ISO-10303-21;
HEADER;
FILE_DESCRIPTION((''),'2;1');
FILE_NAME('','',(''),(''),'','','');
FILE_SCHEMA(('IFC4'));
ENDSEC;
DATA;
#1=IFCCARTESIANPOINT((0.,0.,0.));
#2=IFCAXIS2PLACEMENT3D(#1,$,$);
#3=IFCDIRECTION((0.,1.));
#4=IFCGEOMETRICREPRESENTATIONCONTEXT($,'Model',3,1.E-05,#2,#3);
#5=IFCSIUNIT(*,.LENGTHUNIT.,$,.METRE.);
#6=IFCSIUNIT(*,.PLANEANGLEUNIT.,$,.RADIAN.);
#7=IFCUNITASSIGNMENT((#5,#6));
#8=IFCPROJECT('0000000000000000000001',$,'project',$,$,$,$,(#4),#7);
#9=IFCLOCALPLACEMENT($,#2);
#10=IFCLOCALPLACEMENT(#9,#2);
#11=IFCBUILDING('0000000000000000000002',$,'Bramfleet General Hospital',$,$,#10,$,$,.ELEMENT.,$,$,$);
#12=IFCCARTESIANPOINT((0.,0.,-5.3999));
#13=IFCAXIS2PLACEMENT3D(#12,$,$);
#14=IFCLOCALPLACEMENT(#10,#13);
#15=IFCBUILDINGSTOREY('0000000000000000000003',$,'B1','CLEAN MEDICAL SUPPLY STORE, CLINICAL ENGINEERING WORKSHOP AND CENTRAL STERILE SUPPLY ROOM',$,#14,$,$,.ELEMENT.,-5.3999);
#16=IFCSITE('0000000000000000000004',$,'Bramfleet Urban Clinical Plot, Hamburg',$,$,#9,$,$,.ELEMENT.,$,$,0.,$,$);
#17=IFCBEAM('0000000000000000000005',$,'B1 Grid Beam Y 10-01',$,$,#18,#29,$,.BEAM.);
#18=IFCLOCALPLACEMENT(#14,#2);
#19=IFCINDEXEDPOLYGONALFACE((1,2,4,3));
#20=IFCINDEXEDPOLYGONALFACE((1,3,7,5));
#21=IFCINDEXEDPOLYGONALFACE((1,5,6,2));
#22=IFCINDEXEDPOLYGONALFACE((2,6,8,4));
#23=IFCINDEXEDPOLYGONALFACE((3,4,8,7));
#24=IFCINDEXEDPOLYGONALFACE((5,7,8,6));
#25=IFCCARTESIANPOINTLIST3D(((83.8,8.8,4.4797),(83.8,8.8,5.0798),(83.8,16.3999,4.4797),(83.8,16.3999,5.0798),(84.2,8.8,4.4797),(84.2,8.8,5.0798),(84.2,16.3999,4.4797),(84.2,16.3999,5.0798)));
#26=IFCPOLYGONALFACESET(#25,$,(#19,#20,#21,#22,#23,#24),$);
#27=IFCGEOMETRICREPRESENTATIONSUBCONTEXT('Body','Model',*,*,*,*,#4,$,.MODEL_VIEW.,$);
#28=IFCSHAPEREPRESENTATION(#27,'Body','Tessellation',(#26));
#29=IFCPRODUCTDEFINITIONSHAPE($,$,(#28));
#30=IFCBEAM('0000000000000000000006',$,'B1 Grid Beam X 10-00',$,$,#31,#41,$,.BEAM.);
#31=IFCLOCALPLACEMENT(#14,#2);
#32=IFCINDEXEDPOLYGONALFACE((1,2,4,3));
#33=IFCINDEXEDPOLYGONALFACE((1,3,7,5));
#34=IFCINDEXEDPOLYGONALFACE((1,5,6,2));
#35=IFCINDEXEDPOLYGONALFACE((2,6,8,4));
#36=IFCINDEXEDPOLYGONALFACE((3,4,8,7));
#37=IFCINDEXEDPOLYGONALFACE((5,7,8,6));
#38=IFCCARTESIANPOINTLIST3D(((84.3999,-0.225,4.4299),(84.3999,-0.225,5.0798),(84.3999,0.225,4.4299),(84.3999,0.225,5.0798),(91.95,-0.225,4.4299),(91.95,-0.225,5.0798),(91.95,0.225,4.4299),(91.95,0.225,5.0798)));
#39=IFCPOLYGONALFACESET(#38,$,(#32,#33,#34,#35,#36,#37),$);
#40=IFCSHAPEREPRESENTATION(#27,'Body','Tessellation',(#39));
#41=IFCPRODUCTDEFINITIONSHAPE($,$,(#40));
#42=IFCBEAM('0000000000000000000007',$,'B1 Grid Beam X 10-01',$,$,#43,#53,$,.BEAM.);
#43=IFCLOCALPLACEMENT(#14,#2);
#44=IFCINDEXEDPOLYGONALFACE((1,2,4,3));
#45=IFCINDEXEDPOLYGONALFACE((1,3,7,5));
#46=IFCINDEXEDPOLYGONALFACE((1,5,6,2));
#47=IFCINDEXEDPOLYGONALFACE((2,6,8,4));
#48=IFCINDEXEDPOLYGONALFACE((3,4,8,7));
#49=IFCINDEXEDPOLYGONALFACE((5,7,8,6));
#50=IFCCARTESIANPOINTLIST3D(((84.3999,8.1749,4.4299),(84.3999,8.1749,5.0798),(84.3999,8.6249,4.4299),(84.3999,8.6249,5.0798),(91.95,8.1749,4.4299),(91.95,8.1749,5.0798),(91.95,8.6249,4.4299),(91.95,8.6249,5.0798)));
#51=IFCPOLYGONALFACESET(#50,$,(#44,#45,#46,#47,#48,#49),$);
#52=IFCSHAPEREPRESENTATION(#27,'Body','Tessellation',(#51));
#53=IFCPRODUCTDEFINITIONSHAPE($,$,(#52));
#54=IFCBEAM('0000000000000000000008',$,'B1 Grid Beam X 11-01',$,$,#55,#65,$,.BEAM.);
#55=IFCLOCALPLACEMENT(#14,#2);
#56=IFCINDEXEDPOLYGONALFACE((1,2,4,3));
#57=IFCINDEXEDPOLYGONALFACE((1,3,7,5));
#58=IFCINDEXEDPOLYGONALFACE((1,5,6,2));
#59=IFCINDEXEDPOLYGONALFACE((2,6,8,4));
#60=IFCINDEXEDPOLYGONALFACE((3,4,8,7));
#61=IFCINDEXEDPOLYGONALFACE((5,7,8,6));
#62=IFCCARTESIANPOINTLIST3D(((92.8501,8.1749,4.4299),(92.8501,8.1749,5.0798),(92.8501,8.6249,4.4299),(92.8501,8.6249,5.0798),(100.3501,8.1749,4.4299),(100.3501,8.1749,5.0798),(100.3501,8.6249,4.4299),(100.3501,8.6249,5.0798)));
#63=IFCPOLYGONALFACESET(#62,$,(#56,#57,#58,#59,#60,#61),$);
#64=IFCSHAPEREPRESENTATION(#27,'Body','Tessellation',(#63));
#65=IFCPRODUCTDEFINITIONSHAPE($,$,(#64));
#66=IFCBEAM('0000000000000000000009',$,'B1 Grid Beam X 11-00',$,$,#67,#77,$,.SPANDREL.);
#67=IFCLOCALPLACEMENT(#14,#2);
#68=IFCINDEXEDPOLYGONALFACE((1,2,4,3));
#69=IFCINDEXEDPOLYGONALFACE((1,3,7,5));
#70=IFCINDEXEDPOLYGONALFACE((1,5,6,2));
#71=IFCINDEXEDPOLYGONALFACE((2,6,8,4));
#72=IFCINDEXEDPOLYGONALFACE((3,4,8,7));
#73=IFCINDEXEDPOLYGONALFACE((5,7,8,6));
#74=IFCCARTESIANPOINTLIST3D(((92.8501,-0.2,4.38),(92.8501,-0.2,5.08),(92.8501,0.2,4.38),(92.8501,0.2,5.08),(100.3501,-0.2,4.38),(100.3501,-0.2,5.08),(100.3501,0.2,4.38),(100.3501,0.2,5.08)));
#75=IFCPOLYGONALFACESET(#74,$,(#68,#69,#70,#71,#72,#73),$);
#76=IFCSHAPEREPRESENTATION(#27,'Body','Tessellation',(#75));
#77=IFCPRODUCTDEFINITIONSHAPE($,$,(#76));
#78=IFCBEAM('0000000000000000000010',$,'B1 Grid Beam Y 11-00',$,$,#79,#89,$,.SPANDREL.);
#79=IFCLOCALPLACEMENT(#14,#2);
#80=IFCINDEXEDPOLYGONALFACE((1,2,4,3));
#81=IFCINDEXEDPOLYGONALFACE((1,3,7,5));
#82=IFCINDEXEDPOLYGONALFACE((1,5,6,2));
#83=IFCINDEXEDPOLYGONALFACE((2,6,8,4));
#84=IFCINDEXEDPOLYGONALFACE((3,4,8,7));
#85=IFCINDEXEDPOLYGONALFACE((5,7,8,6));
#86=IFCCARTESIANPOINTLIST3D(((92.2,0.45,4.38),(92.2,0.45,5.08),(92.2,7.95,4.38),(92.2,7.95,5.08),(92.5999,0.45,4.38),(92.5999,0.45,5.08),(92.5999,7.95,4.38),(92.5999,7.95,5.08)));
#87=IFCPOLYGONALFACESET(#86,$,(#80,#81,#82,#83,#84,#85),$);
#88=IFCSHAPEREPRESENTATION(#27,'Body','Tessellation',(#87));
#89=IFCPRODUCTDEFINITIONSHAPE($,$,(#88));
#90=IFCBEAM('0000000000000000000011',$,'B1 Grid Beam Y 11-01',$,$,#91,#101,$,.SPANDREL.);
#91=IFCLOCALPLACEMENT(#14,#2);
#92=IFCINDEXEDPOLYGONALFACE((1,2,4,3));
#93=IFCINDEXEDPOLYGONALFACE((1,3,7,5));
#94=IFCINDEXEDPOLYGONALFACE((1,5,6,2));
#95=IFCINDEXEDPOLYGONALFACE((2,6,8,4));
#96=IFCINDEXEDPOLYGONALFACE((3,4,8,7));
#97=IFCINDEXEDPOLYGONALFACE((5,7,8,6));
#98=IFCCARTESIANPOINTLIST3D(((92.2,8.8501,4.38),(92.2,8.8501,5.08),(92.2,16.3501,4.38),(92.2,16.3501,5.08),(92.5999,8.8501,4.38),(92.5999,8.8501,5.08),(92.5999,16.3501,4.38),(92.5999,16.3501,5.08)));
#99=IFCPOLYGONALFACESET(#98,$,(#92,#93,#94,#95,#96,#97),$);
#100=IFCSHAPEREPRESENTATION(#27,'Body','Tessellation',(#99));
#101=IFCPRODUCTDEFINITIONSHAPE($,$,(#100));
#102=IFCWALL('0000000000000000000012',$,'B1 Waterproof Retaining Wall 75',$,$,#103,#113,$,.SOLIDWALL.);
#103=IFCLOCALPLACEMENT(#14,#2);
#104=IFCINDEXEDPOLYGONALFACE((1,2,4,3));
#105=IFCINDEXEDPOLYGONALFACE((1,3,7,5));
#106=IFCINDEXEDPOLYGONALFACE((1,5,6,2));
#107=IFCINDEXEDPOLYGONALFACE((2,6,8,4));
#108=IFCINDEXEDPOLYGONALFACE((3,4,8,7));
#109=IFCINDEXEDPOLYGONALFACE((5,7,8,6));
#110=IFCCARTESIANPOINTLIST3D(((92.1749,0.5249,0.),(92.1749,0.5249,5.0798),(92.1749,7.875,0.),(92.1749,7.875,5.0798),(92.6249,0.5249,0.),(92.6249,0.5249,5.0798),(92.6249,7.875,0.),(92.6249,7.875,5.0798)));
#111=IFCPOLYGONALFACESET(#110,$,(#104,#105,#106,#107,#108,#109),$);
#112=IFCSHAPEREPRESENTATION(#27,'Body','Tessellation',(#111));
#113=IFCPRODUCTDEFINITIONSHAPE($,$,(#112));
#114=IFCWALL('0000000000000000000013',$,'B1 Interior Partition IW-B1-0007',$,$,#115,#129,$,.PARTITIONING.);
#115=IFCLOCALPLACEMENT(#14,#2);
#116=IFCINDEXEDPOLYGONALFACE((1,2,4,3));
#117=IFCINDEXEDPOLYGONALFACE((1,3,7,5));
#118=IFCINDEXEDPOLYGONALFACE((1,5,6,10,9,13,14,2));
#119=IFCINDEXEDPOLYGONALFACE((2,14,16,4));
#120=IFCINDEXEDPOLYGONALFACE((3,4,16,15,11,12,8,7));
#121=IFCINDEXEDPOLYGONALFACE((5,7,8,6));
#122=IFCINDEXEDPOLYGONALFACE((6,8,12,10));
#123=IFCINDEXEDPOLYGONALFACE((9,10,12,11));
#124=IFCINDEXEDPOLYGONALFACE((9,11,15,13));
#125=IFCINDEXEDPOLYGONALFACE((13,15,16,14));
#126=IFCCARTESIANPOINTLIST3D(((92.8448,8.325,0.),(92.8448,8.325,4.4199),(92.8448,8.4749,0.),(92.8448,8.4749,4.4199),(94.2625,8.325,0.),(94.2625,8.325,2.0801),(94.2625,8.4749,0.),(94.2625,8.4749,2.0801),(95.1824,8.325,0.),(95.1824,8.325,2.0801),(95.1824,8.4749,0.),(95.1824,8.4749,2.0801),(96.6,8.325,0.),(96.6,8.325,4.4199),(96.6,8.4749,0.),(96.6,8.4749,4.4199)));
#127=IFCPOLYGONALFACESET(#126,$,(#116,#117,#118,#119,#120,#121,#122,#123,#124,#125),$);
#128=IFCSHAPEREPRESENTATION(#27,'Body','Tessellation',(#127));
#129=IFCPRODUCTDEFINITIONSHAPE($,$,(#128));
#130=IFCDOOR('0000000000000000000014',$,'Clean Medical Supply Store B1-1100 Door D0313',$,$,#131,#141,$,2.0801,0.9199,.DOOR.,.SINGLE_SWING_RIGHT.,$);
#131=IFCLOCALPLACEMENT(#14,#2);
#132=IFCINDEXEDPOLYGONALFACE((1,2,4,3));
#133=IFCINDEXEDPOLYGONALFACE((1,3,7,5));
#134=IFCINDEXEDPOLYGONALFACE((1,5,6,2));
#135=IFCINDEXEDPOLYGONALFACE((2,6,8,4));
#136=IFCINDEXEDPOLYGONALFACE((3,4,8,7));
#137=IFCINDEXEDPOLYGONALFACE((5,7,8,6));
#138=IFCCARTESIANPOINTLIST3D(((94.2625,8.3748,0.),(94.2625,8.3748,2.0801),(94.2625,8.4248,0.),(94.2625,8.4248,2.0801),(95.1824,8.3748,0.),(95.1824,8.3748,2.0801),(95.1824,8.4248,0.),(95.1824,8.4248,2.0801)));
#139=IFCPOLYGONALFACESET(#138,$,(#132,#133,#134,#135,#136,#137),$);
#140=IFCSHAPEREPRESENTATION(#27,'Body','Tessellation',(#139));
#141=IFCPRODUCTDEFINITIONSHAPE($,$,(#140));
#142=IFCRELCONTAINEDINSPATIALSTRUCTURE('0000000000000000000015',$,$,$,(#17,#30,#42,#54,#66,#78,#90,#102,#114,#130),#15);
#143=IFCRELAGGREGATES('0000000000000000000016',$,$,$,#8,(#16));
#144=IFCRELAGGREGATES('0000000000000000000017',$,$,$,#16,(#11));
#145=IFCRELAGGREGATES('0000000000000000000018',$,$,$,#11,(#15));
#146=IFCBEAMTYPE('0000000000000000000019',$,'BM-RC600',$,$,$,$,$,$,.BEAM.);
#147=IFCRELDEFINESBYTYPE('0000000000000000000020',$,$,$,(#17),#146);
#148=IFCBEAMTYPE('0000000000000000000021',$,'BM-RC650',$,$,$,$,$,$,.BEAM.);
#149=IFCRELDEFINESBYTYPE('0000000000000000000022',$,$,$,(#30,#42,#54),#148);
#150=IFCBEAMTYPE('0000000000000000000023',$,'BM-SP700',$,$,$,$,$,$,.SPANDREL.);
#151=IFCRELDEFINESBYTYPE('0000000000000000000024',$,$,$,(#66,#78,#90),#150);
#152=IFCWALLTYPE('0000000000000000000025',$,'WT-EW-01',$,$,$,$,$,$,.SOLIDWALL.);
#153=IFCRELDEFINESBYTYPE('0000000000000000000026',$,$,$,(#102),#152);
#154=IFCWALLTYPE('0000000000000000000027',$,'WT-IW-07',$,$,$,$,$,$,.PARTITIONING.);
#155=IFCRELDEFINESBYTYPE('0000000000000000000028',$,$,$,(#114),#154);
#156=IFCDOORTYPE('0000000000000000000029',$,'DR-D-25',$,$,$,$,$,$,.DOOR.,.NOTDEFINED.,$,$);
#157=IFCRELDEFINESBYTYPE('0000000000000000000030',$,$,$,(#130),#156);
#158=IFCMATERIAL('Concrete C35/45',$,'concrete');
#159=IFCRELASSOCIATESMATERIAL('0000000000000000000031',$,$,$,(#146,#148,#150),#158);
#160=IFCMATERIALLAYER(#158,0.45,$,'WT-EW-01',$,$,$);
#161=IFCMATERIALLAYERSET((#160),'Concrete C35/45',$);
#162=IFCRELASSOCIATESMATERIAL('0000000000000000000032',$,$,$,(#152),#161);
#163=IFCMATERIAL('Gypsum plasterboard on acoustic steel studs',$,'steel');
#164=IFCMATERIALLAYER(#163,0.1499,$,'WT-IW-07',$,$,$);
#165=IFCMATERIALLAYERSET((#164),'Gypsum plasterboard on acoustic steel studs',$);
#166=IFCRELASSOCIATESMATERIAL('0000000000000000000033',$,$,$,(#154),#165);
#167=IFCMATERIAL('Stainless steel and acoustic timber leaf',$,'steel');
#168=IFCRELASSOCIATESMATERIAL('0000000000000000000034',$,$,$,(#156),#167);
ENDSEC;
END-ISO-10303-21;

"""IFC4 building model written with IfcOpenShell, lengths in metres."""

from ifc_helpers import new_model, si_unit, direction, frame, frame_2d, origin, origin_2d, place, context, subcontext, project, spatial, rectangle, extrude, material, layer, layer_set, material_profile, profile_set, type_object, element, fill, save


model = new_model("IFC4")

# Units and contexts
model_context = context("Model", 3, precision=1e-05, world=origin(), true_north=direction((0.0, 1.0)))
body_context = subcontext(model_context, "Body", "Model", "MODEL_VIEW")
ifc_project = project(units=[si_unit("LENGTHUNIT", "METRE"), si_unit("PLANEANGLEUNIT", "RADIAN")], contexts=[model_context])

# Site, building, storey
site_placement = place(None, origin())
site = spatial("IfcSite", under=ifc_project, at=site_placement, Name="Bramfleet Urban Clinical Plot, Hamburg", CompositionType="ELEMENT", RefElevation=0.0)
building_placement = place(site_placement, origin())
building = spatial("IfcBuilding", under=site, at=building_placement, Name="Bramfleet General Hospital", CompositionType="ELEMENT")
storey_placement = place(building_placement, frame((0.0, 0.0, -5.3999)))
storey = spatial("IfcBuildingStorey", under=building, at=storey_placement, Name="B1", Description="CLEAN MEDICAL SUPPLY STORE, CLINICAL ENGINEERING WORKSHOP AND CENTRAL STERILE SUPPLY ROOM", CompositionType="ELEMENT", Elevation=-5.3999)

# Shared definitions
ifc_material_1 = material(Name="Concrete C35/45", Category="concrete")

# Beams
ifc_material_profile_1 = material_profile(ifc_material_1, rectangle(XDim=0.3999, YDim=0.6001, at=origin_2d()), Name="RC BM 600x400")
ifc_profile_set_1 = profile_set([ifc_material_profile_1], Name="Concrete C35/45")
beam_type_1 = type_object("IfcBeamType", Name="BM-RC600", PredefinedType="BEAM", material=ifc_profile_set_1)
beam_1_placement = place(storey_placement, frame((84.0, 8.8, 4.7798), z_axis=(0.0, 1.0, 0.0), x_axis=(-1.0, 0.0, 0.0)))
element("IfcBeam", 1, at=beam_1_placement, inside=storey, type_object=beam_type_1, Name="B1 Grid Beam Y 10-01", PredefinedType="BEAM", context=body_context, shape_type="SweptSolid", body=[
    extrude(rectangle(XDim=0.3999, YDim=0.6001, at=origin_2d()), origin(), (0.0, 0.0, 1.0), 7.5999),
])
ifc_material_profile_2 = material_profile(ifc_material_1, rectangle(XDim=0.45, YDim=0.6499, at=origin_2d()), Name="RC BM 650x450")
ifc_profile_set_2 = profile_set([ifc_material_profile_2], Name="Concrete C35/45")
beam_type_2 = type_object("IfcBeamType", Name="BM-RC650", PredefinedType="BEAM", material=ifc_profile_set_2)
for number, where, z_axis, x_axis, name in (
    (2, (84.3999, 0.0, 4.7549), (1.0, 0.0, 0.0), (0.0, 1.0, 0.0), "B1 Grid Beam X 10-00"),
    (3, (84.3999, 8.3999, 4.7549), (1.0, 0.0, 0.0), (0.0, 1.0, 0.0), "B1 Grid Beam X 10-01"),
):
    element("IfcBeam", number, at=place(storey_placement, frame(where, z_axis=z_axis, x_axis=x_axis)), inside=storey, type_object=beam_type_2, Name=name, PredefinedType="BEAM", context=body_context, shape_type="SweptSolid", body=[
        extrude(rectangle(XDim=0.45, YDim=0.6499, at=origin_2d()), origin(), (0.0, 0.0, 1.0), 7.55),
    ])
beam_2_placement = place(storey_placement, frame((92.8501, 8.3999, 4.7549), z_axis=(1.0, 0.0, 0.0), x_axis=(0.0, 1.0, 0.0)))
element("IfcBeam", 4, at=beam_2_placement, inside=storey, type_object=beam_type_2, Name="B1 Grid Beam X 11-01", PredefinedType="BEAM", context=body_context, shape_type="SweptSolid", body=[
    extrude(rectangle(XDim=0.45, YDim=0.6499, at=origin_2d()), origin(), (0.0, 0.0, 1.0), 7.5),
])
ifc_material_profile_3 = material_profile(ifc_material_1, rectangle(XDim=0.3999, YDim=0.7, at=origin_2d()), Name="RC SP 700x400")
ifc_profile_set_3 = profile_set([ifc_material_profile_3], Name="Concrete C35/45")
beam_type_3 = type_object("IfcBeamType", Name="BM-SP700", PredefinedType="SPANDREL", material=ifc_profile_set_3)
for number, where, z_axis, x_axis, name in (
    (5, (92.8501, 0.0, 4.73), (1.0, 0.0, 0.0), (0.0, 1.0, 0.0), "B1 Grid Beam X 11-00"),
    (6, (92.3999, 0.45, 4.73), (0.0, 1.0, 0.0), (-1.0, 0.0, 0.0), "B1 Grid Beam Y 11-00"),
    (7, (92.3999, 8.8501, 4.73), (0.0, 1.0, 0.0), (-1.0, 0.0, 0.0), "B1 Grid Beam Y 11-01"),
):
    element("IfcBeam", number, at=place(storey_placement, frame(where, z_axis=z_axis, x_axis=x_axis)), inside=storey, type_object=beam_type_3, Name=name, PredefinedType="SPANDREL", context=body_context, shape_type="SweptSolid", body=[
        extrude(rectangle(XDim=0.3999, YDim=0.7, at=origin_2d()), origin(), (0.0, 0.0, 1.0), 7.5),
    ])

# Wall
ifc_layer_1 = layer(ifc_material_1, 0.45, Name="WT-EW-01")
ifc_layer_set_1 = layer_set([ifc_layer_1], Name="Concrete C35/45")
wall_type_1 = type_object("IfcWallType", Name="WT-EW-01", PredefinedType="SOLIDWALL", material=ifc_layer_set_1)
wall_1_placement = place(storey_placement, frame((92.3999, 0.5249, 0.0), z_axis=(0.0, 0.0, 1.0), x_axis=(0.0, 1.0, 0.0)))
element("IfcWall", 8, at=wall_1_placement, inside=storey, type_object=wall_type_1, Name="B1 Waterproof Retaining Wall 75", PredefinedType="SOLIDWALL", context=body_context, shape_type="SweptSolid", body=[
    extrude(rectangle(XDim=7.3501, YDim=0.45, at=frame_2d((3.675, 0.0))), origin(), (0.0, 0.0, 1.0), 5.0798),
])

# Wall, opening, door
ifc_material_2 = material(Name="Gypsum plasterboard on acoustic steel studs", Category="steel")
ifc_layer_2 = layer(ifc_material_2, 0.1499, Name="WT-IW-07")
ifc_layer_set_2 = layer_set([ifc_layer_2], Name="Gypsum plasterboard on acoustic steel studs")
wall_type_2 = type_object("IfcWallType", Name="WT-IW-07", PredefinedType="PARTITIONING", material=ifc_layer_set_2)
wall_2_placement = place(storey_placement, frame((92.845, 8.3999, 0.0), z_axis=(0.0, 0.0, 1.0), x_axis=(1.0, 0.0, 0.0)))
wall_2 = element("IfcWall", 9, at=wall_2_placement, inside=storey, type_object=wall_type_2, Name="B1 Interior Partition IW-B1-0007", PredefinedType="PARTITIONING", context=body_context, shape_type="SweptSolid", body=[
    extrude(rectangle(XDim=3.7551, YDim=0.1499, at=frame_2d((1.8774, 0.0))), origin(), (0.0, 0.0, 1.0), 4.4199),
])
opening_placement = place(wall_2_placement, frame((1.4175, 0.0, 0.0)))
opening = element("IfcOpeningElement", 10, at=opening_placement, cuts=wall_2, PredefinedType="OPENING", context=body_context, shape_type="SweptSolid", body=[
    extrude(rectangle(XDim=0.9199, YDim=2.0801, at=frame_2d((0.46, 1.04))), frame((0.0, 0.085, 0.0), z_axis=(0.0, -1.0, 0.0), x_axis=(1.0, 0.0, 0.0)), (0.0, 0.0, 1.0), 0.1699),
])
ifc_material_3 = material(Name="Stainless steel and acoustic timber leaf", Category="steel")
door_type = type_object("IfcDoorType", Name="DR-D-25", OperationType="NOTDEFINED", PredefinedType="DOOR", material=ifc_material_3)
door_placement = place(opening_placement, origin())
door = element("IfcDoor", 11, at=door_placement, inside=storey, type_object=door_type, Name="Clean Medical Supply Store B1-1100 Door D0313", OperationType="SINGLE_SWING_RIGHT", OverallHeight=2.0801, OverallWidth=0.9199, PredefinedType="DOOR", context=body_context, shape_type="SweptSolid", body=[
    extrude(rectangle(XDim=0.9199, YDim=2.0801, at=frame_2d((0.46, 1.04))), frame((0.0, 0.0249, 0.0), z_axis=(0.0, -1.0, 0.0), x_axis=(1.0, 0.0, 0.0)), (0.0, 0.0, 1.0), 0.05),
])
fill(opening, door)

save(model, "model.ifc")
